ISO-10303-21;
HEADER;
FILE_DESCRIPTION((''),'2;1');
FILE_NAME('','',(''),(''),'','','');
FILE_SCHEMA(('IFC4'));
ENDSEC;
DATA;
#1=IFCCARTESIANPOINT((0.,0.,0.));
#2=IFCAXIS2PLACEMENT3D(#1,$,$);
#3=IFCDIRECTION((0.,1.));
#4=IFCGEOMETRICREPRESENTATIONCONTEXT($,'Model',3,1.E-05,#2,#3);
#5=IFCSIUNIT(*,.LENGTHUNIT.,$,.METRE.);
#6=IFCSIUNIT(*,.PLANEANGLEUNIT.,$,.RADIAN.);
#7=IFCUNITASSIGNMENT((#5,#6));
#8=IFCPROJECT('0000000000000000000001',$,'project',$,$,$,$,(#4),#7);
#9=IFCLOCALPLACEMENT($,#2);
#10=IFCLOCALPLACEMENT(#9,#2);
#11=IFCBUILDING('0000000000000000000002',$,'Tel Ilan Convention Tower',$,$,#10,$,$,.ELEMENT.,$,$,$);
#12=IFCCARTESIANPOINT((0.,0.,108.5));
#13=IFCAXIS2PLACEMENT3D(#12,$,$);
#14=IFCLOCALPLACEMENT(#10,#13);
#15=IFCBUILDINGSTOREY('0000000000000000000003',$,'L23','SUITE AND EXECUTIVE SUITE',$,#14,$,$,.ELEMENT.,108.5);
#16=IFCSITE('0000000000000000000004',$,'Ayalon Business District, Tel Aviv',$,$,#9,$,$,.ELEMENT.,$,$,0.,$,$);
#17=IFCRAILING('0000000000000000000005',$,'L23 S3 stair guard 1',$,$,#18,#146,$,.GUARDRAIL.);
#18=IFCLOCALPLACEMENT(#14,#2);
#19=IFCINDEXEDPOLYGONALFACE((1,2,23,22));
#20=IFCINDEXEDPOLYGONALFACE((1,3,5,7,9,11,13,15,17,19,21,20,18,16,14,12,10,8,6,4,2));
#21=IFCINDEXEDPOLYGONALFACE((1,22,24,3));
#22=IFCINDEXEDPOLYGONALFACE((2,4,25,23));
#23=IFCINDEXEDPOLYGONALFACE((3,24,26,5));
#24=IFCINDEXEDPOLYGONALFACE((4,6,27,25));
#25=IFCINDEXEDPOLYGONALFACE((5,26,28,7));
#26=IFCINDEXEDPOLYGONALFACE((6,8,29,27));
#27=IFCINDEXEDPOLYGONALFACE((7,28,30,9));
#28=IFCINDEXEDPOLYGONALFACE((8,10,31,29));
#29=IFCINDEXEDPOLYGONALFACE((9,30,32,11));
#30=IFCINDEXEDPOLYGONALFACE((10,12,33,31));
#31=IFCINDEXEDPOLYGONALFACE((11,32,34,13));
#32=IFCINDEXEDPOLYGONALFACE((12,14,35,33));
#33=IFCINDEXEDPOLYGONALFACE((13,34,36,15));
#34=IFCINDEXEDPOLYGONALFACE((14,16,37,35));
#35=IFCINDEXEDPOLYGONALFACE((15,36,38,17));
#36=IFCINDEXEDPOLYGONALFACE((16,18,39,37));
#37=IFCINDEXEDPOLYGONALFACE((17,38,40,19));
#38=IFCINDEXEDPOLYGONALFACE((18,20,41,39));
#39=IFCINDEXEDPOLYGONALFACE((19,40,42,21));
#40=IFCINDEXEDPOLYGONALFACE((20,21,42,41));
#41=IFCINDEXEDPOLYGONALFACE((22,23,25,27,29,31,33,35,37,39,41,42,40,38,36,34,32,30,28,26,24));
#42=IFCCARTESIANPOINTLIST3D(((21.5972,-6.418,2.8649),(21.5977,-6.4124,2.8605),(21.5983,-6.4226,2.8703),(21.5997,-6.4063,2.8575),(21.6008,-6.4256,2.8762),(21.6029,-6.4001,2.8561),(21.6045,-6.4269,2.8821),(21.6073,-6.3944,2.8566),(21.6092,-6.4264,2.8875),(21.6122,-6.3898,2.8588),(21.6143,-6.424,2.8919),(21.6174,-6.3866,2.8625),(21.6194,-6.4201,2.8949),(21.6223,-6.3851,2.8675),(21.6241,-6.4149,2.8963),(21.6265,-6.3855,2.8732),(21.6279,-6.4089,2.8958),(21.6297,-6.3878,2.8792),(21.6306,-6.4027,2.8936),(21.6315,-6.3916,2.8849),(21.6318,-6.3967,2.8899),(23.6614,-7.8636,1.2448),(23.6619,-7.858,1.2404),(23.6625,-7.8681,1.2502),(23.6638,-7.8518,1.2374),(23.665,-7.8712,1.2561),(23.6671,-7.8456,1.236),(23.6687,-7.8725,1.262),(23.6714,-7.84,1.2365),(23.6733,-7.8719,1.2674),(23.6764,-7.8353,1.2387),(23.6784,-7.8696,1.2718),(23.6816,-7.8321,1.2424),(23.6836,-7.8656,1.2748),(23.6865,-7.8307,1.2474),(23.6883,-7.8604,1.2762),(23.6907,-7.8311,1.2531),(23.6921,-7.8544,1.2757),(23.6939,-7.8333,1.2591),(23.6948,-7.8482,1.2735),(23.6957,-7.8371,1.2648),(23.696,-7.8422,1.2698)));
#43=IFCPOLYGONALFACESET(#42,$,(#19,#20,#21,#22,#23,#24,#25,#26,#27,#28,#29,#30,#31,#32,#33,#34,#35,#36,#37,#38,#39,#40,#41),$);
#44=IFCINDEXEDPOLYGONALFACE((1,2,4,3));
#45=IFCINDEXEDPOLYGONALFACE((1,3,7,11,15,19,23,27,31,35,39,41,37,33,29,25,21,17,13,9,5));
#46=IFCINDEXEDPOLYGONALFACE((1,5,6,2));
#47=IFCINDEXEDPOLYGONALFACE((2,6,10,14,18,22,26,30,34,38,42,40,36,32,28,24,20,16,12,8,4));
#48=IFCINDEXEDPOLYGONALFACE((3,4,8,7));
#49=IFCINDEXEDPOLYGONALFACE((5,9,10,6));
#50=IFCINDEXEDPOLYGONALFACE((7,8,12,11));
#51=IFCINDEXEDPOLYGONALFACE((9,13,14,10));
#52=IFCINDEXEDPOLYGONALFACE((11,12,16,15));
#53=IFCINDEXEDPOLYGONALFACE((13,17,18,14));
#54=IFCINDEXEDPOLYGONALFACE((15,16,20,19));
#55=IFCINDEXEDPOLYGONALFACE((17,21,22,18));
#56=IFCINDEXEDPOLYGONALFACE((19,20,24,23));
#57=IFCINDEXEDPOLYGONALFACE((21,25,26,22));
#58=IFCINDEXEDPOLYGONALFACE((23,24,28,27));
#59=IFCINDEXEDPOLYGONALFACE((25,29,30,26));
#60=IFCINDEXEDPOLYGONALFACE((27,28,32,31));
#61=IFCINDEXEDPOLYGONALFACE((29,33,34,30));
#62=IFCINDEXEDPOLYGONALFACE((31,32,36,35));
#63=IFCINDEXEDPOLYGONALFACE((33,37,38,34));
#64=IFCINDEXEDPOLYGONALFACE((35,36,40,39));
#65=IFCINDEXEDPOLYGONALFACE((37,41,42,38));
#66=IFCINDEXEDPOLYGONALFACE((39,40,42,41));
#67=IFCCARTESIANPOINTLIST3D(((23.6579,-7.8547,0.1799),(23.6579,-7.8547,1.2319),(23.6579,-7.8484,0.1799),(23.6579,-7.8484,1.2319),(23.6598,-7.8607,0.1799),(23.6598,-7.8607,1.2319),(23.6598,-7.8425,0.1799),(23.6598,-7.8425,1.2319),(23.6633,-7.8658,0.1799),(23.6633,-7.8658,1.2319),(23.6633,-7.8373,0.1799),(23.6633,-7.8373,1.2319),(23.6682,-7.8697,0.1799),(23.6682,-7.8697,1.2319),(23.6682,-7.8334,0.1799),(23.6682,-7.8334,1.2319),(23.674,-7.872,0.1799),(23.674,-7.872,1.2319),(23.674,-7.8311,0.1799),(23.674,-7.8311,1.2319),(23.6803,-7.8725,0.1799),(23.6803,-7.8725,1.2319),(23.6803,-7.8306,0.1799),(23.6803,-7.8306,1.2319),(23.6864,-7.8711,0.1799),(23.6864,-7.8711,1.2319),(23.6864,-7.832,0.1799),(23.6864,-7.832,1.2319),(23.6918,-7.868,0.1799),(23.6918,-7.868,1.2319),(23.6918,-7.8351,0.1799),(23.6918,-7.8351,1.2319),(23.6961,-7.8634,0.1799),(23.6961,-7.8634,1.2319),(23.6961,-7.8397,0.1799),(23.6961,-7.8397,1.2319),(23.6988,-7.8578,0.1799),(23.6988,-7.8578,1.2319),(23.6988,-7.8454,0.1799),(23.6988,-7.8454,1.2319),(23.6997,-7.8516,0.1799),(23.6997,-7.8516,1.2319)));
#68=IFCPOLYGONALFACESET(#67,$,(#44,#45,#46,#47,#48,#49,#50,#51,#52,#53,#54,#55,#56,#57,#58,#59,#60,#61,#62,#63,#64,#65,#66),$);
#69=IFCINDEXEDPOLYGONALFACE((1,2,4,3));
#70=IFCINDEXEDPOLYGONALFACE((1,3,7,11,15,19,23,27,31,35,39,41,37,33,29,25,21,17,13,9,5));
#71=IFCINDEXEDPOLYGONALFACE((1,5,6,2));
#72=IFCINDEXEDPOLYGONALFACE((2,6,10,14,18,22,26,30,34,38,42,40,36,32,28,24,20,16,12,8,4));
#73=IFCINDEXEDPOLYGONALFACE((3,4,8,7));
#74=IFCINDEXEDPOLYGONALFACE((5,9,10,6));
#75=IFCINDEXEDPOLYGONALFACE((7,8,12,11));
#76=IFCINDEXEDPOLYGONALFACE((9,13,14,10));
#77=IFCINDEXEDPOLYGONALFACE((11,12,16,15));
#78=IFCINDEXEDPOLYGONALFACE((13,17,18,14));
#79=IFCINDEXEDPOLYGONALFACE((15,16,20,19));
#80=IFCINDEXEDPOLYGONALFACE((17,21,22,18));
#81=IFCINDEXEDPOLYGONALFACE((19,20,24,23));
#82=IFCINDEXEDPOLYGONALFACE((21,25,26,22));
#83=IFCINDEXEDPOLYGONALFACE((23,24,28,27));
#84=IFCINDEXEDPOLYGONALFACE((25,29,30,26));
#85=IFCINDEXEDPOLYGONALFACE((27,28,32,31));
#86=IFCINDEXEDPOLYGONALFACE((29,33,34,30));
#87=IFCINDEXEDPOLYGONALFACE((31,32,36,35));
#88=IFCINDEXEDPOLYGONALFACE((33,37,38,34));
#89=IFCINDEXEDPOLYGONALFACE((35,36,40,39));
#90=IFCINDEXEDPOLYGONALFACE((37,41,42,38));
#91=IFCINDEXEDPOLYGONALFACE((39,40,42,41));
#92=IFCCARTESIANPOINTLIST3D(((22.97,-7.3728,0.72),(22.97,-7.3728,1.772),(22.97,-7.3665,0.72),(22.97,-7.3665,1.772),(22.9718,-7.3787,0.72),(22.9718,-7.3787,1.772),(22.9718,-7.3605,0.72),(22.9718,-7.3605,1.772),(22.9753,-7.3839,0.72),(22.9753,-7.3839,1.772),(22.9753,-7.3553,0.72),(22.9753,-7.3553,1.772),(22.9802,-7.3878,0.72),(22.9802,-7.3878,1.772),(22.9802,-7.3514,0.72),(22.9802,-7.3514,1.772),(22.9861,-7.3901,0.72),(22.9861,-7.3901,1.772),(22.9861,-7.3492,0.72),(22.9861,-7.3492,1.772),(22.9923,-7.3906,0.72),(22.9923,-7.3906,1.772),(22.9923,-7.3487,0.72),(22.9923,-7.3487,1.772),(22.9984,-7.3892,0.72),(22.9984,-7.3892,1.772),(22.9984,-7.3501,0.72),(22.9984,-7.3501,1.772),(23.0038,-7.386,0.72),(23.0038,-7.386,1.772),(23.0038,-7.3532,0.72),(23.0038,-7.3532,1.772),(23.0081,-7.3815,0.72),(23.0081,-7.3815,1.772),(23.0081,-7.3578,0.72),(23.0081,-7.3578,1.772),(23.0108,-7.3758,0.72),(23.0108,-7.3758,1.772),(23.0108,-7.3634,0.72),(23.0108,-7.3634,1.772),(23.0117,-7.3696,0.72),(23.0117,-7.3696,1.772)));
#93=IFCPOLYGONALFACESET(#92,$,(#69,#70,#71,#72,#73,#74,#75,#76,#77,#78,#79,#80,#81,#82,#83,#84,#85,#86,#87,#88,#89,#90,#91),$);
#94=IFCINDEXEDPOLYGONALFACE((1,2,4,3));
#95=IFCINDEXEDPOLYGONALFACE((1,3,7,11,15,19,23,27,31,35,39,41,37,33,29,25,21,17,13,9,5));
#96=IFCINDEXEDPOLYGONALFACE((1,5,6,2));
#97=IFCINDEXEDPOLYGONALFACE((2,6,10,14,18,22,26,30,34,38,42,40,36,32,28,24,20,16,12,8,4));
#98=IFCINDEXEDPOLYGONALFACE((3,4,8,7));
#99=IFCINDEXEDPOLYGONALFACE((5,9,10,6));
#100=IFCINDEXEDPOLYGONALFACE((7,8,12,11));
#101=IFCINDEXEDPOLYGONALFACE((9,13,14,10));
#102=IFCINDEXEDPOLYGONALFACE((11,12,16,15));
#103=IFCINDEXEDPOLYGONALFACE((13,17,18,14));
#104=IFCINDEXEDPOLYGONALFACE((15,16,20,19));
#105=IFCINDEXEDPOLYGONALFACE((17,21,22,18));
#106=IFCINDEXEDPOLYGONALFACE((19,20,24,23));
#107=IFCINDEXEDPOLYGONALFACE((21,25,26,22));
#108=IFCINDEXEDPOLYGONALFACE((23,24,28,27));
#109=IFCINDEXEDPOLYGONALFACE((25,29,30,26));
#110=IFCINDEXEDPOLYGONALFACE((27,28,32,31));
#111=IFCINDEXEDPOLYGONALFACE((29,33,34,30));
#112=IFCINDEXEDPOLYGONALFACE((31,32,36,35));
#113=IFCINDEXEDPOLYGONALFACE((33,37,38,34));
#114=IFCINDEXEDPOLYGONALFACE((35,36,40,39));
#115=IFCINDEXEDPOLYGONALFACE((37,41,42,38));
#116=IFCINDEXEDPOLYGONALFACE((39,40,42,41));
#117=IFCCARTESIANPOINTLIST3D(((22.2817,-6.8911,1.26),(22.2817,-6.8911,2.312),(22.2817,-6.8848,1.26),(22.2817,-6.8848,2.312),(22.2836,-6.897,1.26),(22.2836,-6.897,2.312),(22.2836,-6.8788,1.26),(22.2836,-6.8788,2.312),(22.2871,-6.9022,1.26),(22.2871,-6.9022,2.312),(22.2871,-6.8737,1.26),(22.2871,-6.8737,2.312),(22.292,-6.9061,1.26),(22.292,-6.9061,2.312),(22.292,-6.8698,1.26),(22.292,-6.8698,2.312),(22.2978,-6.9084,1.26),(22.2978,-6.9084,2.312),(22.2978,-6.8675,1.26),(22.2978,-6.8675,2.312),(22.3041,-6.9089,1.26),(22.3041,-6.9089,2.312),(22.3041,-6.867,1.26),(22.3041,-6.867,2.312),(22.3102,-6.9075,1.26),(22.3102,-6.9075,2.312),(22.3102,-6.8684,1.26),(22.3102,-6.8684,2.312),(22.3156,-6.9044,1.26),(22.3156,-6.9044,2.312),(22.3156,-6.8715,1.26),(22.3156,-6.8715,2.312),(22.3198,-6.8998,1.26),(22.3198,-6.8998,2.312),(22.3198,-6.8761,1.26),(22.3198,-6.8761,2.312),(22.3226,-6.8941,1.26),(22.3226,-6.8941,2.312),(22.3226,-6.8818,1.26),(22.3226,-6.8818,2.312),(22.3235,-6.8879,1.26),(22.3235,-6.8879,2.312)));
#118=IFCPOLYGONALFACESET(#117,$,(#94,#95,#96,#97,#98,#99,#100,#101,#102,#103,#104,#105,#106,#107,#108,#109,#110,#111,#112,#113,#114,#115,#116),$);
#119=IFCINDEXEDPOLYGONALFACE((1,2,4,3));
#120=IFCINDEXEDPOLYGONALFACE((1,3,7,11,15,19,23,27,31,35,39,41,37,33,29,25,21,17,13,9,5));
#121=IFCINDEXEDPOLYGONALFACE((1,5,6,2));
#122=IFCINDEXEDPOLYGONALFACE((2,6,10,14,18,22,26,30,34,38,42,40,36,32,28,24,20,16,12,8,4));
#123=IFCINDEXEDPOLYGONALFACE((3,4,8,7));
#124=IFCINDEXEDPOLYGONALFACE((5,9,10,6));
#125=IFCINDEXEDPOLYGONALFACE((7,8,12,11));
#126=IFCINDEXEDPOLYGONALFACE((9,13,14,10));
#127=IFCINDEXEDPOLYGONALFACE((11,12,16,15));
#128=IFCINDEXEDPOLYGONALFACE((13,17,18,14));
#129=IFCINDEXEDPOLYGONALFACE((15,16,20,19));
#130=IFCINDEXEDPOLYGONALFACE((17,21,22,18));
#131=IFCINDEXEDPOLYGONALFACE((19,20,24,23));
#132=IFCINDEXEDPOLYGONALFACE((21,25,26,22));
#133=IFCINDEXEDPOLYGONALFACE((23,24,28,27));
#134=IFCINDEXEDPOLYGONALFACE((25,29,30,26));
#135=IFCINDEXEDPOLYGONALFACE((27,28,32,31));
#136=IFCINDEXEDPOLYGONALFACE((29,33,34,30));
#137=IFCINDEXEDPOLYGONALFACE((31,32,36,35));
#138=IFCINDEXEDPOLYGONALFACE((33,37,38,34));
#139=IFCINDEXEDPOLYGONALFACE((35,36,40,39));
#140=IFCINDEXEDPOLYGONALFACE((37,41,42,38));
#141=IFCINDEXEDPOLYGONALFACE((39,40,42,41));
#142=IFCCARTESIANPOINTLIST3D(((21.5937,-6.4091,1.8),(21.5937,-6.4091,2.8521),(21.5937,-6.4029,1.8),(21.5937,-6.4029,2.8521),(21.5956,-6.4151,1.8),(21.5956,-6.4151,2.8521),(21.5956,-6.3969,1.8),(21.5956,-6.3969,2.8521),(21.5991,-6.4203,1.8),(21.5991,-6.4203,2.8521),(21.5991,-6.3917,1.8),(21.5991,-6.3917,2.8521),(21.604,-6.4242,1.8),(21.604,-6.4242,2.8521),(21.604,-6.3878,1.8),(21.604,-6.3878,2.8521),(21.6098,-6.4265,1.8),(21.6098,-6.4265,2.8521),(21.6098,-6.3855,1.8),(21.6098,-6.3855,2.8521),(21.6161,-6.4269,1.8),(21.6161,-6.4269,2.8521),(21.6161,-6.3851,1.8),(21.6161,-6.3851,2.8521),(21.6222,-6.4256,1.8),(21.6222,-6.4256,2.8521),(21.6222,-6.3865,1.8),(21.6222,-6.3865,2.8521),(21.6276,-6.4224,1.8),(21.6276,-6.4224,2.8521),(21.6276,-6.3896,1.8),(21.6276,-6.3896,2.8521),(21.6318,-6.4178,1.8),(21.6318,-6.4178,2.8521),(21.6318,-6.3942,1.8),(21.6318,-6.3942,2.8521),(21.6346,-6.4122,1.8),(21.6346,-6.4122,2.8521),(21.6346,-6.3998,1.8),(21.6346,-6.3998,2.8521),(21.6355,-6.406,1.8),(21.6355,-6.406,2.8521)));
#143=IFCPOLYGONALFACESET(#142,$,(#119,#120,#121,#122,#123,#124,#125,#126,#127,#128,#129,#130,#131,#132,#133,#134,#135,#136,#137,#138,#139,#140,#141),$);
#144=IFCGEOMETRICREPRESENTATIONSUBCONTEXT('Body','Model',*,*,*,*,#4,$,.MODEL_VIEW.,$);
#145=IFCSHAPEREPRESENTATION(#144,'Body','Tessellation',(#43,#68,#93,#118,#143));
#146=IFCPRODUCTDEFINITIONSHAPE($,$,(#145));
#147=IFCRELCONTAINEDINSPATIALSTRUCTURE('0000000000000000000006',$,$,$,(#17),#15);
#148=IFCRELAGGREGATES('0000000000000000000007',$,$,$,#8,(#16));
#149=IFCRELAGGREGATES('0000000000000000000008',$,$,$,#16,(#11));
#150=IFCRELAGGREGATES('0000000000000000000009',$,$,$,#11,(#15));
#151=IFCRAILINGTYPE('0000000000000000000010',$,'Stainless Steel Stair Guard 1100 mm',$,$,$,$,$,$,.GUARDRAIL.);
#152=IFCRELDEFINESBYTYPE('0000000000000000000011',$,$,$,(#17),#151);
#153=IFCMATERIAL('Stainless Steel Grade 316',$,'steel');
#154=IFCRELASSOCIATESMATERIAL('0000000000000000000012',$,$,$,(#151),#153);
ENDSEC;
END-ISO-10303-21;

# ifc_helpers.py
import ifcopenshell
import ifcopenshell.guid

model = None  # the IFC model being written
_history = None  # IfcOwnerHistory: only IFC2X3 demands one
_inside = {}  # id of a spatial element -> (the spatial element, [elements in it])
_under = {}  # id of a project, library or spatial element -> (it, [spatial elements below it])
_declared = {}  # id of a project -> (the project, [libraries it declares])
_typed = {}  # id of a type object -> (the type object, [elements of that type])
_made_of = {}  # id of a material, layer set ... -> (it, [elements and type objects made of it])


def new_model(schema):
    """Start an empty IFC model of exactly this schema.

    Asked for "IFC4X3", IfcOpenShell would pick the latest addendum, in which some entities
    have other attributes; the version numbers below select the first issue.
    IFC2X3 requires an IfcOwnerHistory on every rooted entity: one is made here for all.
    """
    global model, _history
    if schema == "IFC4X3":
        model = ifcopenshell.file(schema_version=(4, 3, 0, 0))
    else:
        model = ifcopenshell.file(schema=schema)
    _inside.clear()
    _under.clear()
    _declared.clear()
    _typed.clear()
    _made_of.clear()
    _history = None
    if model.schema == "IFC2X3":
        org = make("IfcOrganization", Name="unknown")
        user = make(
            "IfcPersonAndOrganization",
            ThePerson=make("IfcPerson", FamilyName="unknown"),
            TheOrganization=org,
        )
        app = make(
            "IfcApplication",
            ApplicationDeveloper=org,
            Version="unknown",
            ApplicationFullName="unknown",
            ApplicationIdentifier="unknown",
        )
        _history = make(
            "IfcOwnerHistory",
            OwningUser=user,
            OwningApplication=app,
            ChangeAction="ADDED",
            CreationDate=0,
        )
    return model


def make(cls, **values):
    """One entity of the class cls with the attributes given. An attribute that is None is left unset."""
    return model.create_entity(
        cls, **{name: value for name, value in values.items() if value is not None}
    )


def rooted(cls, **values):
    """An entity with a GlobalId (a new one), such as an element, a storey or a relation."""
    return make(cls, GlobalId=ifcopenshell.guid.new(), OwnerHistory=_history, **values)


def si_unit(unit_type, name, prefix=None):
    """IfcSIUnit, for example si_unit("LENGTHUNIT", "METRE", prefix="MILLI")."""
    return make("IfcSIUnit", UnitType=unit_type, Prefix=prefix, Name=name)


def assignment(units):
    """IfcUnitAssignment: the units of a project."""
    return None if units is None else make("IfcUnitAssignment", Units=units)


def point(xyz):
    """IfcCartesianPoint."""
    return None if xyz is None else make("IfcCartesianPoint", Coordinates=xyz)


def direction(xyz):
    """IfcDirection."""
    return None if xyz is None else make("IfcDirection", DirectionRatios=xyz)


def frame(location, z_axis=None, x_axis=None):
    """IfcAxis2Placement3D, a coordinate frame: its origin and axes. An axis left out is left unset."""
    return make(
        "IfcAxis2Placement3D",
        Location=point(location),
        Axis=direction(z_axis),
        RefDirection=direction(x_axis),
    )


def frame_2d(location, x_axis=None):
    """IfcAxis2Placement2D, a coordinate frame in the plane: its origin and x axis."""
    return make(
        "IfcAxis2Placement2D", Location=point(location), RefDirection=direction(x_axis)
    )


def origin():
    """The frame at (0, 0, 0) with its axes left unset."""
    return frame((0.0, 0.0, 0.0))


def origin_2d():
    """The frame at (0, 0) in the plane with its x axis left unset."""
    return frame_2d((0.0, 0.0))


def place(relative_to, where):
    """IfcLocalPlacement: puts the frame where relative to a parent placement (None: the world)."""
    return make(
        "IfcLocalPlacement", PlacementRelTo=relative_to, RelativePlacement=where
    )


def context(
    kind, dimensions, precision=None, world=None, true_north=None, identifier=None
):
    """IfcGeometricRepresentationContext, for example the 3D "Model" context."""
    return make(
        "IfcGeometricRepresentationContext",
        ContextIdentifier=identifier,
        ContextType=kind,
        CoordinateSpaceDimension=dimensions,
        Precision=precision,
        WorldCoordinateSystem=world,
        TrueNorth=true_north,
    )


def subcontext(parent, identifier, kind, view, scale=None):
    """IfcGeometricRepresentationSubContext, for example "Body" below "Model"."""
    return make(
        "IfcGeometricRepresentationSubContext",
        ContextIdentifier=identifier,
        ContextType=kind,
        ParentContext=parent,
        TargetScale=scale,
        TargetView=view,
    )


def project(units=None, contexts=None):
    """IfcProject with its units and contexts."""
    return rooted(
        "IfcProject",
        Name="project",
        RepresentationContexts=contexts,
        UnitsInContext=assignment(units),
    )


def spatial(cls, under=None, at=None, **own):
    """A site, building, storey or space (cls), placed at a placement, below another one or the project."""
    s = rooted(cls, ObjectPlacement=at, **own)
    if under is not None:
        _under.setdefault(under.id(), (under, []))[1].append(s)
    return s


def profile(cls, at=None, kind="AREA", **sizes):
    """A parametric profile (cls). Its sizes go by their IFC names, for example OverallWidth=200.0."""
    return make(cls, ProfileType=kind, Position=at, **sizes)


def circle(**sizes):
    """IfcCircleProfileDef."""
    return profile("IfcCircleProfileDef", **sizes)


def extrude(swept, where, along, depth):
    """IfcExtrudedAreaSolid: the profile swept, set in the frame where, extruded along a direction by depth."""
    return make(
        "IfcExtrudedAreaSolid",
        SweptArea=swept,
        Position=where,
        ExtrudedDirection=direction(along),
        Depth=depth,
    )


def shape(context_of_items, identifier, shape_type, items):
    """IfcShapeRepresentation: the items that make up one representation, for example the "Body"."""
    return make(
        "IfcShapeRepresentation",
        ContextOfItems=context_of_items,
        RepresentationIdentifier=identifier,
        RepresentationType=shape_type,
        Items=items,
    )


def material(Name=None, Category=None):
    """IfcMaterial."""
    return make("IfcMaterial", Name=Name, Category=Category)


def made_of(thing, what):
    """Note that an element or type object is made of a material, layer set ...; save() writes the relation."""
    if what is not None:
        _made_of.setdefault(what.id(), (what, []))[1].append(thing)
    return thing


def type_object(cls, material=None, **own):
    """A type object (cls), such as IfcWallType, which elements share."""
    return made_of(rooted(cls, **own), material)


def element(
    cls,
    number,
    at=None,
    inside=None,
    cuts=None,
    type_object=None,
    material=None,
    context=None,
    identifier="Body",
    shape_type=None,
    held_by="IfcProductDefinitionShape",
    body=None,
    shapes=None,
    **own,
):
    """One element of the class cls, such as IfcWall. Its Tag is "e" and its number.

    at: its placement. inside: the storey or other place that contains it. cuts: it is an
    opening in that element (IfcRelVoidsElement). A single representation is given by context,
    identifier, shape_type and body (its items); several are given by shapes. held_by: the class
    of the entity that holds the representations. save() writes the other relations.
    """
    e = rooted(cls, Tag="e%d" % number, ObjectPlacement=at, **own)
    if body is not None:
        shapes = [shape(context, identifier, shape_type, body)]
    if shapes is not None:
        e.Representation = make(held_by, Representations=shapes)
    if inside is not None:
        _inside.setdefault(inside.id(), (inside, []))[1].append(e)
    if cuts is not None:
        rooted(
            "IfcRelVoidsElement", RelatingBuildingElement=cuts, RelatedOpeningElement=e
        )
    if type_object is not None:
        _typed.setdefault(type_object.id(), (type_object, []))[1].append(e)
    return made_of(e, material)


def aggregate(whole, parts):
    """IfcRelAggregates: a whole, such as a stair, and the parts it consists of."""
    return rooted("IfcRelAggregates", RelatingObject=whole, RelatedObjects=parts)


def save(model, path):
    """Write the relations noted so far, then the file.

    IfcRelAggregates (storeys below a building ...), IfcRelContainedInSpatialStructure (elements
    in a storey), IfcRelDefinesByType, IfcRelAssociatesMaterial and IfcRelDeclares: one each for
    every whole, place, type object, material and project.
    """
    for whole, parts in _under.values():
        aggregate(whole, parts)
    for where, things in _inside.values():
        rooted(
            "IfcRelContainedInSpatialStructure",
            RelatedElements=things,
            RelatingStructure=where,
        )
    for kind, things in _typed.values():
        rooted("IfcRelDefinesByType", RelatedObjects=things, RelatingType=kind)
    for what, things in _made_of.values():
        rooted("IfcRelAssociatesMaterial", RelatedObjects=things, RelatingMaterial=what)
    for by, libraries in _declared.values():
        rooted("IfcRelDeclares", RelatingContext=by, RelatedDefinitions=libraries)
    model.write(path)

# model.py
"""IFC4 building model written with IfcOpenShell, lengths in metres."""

from ifc_helpers import new_model, si_unit, direction, frame, origin, origin_2d, place, context, subcontext, project, spatial, circle, extrude, material, type_object, element, save


model = new_model("IFC4")

# Units and contexts
model_context = context("Model", 3, precision=1e-05, world=origin(), true_north=direction((0.0, 1.0)))
body_context = subcontext(model_context, "Body", "Model", "MODEL_VIEW")
ifc_project = project(units=[si_unit("LENGTHUNIT", "METRE"), si_unit("PLANEANGLEUNIT", "RADIAN")], contexts=[model_context])

# Site, building, storey
site_placement = place(None, origin())
site = spatial("IfcSite", under=ifc_project, at=site_placement, Name="Ayalon Business District, Tel Aviv", CompositionType="ELEMENT", RefElevation=0.0)
building_placement = place(site_placement, origin())
building = spatial("IfcBuilding", under=site, at=building_placement, Name="Tel Ilan Convention Tower", CompositionType="ELEMENT")
storey_placement = place(building_placement, frame((0.0, 0.0, 108.5)))
storey = spatial("IfcBuildingStorey", under=building, at=storey_placement, Name="L23", Description="SUITE AND EXECUTIVE SUITE", CompositionType="ELEMENT", Elevation=108.5)

# Railing
ifc_material_1 = material(Name="Stainless Steel Grade 316", Category="steel")
railing_type_1 = type_object("IfcRailingType", Name="Stainless Steel Stair Guard 1100 mm", PredefinedType="GUARDRAIL", material=ifc_material_1)
railing_1_placement = place(storey_placement, frame((23.6787, -7.8516, 0.1799)))
element("IfcRailing", 1, at=railing_1_placement, inside=storey, type_object=railing_type_1, Name="L23 S3 stair guard 1", PredefinedType="GUARDRAIL", context=body_context, shape_type="SweptSolid", body=[
    extrude(circle(Radius=0.0239, at=origin_2d()), frame((0.0, 0.0, 1.0762), z_axis=(-0.689013, 0.482513, 0.540779), x_axis=(-0.573625, -0.819118, 0.0)), (0.0, 0.0, 1.0), 2.9958),
    extrude(circle(Radius=0.021, at=origin_2d()), origin(), (0.0, 0.0, 1.0), 1.052),
    extrude(circle(Radius=0.021, at=origin_2d()), frame((-0.688, 0.4819, 0.54)), (0.0, 0.0, 1.0), 1.052),
    extrude(circle(Radius=0.021, at=origin_2d()), frame((-1.3762, 0.9636, 1.0801)), (0.0, 0.0, 1.0), 1.052),
    extrude(circle(Radius=0.021, at=origin_2d()), frame((-2.0642, 1.4456, 1.6201)), (0.0, 0.0, 1.0), 1.052),
])

save(model, "model.ifc")
